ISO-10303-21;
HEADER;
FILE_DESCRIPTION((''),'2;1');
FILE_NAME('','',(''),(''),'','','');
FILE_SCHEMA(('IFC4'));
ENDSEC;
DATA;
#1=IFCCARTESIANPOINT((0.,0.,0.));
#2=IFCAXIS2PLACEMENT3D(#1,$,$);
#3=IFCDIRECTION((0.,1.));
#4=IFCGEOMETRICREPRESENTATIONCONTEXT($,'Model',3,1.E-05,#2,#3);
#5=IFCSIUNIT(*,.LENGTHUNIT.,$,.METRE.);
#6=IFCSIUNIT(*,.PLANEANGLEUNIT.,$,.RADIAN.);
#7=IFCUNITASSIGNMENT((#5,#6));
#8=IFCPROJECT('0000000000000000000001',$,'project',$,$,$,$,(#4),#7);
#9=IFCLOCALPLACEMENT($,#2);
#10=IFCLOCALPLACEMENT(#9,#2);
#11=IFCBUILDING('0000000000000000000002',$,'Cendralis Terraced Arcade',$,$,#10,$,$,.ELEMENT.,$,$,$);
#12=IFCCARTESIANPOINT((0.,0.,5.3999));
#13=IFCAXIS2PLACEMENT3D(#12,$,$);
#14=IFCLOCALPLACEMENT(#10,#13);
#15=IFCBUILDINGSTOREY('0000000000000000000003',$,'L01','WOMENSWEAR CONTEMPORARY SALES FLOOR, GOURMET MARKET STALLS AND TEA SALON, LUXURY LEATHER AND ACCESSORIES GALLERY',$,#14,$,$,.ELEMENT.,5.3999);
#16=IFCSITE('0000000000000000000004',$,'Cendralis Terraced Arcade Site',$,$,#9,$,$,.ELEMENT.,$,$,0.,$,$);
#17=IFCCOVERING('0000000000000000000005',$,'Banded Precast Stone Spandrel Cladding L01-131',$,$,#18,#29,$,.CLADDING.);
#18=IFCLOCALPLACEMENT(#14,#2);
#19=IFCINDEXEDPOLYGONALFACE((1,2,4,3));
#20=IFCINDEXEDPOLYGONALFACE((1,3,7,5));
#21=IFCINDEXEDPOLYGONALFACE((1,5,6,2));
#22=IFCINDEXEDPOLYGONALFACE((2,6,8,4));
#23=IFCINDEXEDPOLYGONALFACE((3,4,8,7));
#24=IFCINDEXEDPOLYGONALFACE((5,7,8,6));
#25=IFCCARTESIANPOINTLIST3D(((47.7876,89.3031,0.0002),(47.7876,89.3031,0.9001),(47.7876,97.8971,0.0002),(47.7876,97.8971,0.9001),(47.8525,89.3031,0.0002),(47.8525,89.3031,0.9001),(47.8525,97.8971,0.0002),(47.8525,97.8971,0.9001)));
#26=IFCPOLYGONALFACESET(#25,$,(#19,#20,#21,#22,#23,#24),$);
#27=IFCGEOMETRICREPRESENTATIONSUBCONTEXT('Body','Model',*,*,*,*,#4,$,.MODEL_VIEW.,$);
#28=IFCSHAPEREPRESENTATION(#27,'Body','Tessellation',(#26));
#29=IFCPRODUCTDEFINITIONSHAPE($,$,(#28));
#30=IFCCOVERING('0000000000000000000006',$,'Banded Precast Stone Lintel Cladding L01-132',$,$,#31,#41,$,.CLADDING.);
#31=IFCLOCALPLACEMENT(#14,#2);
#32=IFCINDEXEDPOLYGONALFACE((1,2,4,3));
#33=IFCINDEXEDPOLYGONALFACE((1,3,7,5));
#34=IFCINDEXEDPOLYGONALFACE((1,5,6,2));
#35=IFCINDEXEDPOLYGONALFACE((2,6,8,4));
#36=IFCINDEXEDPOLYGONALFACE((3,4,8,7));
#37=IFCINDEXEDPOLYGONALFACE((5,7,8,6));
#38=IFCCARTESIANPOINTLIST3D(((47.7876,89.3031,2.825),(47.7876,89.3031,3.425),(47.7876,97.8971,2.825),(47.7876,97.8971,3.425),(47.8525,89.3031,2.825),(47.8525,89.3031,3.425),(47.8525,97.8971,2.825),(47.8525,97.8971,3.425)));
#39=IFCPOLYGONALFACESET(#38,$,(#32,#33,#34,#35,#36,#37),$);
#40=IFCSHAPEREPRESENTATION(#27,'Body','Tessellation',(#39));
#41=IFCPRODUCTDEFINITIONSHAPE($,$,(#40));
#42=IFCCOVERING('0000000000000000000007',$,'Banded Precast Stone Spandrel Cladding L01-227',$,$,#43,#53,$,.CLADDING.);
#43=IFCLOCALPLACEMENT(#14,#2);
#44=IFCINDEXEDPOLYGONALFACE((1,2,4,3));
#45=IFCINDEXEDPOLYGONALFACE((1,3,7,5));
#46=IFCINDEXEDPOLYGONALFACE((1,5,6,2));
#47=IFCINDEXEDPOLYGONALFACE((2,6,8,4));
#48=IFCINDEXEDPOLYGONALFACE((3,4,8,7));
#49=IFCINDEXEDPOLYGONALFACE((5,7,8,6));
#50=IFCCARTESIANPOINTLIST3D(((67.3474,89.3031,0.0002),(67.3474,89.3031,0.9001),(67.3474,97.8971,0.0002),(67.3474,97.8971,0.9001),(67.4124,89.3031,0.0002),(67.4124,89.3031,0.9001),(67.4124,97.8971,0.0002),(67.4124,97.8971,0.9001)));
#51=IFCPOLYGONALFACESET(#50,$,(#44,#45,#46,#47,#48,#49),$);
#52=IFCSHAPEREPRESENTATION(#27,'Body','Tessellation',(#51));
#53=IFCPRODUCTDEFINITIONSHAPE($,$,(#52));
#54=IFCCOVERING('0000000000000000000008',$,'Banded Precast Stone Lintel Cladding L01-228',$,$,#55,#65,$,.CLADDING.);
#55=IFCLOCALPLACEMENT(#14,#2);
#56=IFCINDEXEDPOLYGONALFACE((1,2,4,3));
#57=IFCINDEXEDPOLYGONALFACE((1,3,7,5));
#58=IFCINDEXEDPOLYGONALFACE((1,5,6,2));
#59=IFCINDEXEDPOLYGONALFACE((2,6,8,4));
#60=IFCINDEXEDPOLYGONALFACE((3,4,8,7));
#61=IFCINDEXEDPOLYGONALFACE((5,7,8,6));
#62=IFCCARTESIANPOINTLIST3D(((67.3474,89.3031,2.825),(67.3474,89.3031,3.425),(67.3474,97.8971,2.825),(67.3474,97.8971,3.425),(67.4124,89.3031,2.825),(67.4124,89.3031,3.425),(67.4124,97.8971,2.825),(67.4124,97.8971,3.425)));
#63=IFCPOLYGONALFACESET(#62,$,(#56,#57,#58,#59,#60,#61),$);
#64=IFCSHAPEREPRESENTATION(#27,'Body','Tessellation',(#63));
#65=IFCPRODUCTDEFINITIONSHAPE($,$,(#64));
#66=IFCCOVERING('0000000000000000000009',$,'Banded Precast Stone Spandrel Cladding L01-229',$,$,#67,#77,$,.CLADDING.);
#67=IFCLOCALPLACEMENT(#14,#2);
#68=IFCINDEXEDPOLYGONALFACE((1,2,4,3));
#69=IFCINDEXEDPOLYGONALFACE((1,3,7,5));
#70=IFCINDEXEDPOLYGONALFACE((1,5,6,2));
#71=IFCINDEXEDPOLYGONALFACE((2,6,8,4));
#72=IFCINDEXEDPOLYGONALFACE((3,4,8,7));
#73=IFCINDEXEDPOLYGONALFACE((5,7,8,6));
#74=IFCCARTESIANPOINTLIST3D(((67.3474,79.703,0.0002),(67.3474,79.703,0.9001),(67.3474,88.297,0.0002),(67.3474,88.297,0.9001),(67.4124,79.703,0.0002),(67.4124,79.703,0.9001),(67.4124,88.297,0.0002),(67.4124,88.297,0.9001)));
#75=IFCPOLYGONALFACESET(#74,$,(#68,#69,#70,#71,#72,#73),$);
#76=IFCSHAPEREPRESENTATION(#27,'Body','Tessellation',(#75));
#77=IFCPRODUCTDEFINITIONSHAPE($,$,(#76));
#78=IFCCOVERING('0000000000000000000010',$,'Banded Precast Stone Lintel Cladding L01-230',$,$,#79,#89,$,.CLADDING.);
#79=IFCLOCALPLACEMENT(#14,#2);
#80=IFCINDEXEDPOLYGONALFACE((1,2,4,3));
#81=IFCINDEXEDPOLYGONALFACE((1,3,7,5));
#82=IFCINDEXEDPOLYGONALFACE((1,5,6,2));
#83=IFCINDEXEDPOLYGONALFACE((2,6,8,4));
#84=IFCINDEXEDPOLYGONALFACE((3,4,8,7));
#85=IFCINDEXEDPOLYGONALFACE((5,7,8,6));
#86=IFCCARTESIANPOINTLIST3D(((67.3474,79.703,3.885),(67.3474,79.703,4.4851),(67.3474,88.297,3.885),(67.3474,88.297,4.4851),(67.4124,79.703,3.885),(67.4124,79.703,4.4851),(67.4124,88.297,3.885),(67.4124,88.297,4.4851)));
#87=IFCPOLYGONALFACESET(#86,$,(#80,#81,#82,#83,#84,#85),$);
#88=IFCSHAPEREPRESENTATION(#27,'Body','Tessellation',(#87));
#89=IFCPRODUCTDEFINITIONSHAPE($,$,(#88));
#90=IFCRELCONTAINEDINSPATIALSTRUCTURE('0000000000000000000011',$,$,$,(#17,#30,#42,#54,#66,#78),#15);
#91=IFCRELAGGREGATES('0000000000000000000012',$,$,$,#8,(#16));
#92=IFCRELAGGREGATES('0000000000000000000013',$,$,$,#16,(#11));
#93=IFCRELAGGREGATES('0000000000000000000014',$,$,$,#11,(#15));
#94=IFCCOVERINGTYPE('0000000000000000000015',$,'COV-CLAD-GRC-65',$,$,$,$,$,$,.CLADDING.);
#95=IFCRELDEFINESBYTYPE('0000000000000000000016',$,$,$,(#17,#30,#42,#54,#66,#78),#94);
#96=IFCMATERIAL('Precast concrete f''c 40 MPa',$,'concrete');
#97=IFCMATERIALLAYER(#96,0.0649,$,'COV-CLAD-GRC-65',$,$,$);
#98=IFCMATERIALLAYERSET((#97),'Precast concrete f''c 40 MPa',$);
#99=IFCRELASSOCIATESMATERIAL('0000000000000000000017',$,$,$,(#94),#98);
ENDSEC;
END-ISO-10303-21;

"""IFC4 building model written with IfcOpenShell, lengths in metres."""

from ifc_helpers import new_model, si_unit, direction, frame, origin, origin_2d, place, context, subcontext, project, spatial, rectangle, extrude, material, layer, layer_set, type_object, element, save


model = new_model("IFC4")

# Units and contexts
model_context = context("Model", 3, precision=1e-05, world=origin(), true_north=direction((0.0, 1.0)))
body_context = subcontext(model_context, "Body", "Model", "MODEL_VIEW")
ifc_project = project(units=[si_unit("LENGTHUNIT", "METRE"), si_unit("PLANEANGLEUNIT", "RADIAN")], contexts=[model_context])

# Site, building, storey
site_placement = place(None, origin())
site = spatial("IfcSite", under=ifc_project, at=site_placement, Name="Cendralis Terraced Arcade Site", CompositionType="ELEMENT", RefElevation=0.0)
building_placement = place(site_placement, origin())
building = spatial("IfcBuilding", under=site, at=building_placement, Name="Cendralis Terraced Arcade", CompositionType="ELEMENT")
storey_placement = place(building_placement, frame((0.0, 0.0, 5.3999)))
storey = spatial("IfcBuildingStorey", under=building, at=storey_placement, Name="L01", Description="WOMENSWEAR CONTEMPORARY SALES FLOOR, GOURMET MARKET STALLS AND TEA SALON, LUXURY LEATHER AND ACCESSORIES GALLERY", CompositionType="ELEMENT", Elevation=5.3999)

# Shared definitions
ifc_material_1 = material(Name="Precast concrete f'c 40 MPa", Category="concrete")

# Coverings
ifc_layer_1 = layer(ifc_material_1, 0.0649, Name="COV-CLAD-GRC-65")
ifc_layer_set_1 = layer_set([ifc_layer_1], Name="Precast concrete f'c 40 MPa")
covering_type = type_object("IfcCoveringType", Name="COV-CLAD-GRC-65", PredefinedType="CLADDING", material=ifc_layer_set_1)
covering_1_placement = place(storey_placement, frame((47.8201, 93.6001, 0.0002), z_axis=(0.0, 0.0, 1.0), x_axis=(0.0, 1.0, 0.0)))
element("IfcCovering", 1, at=covering_1_placement, inside=storey, type_object=covering_type, Name="Banded Precast Stone Spandrel Cladding L01-131", PredefinedType="CLADDING", context=body_context, shape_type="SweptSolid", body=[
    extrude(rectangle(XDim=8.594, YDim=0.0649, at=origin_2d()), origin(), (0.0, 0.0, 1.0), 0.8999),
])
covering_2_placement = place(storey_placement, frame((47.8201, 93.6001, 2.825), z_axis=(0.0, 0.0, 1.0), x_axis=(0.0, 1.0, 0.0)))
element("IfcCovering", 2, at=covering_2_placement, inside=storey, type_object=covering_type, Name="Banded Precast Stone Lintel Cladding L01-132", PredefinedType="CLADDING", context=body_context, shape_type="SweptSolid", body=[
    extrude(rectangle(XDim=8.594, YDim=0.0649, at=origin_2d()), origin(), (0.0, 0.0, 1.0), 0.6001),
])
covering_3_placement = place(storey_placement, frame((67.3799, 93.6001, 0.0002), z_axis=(0.0, 0.0, 1.0), x_axis=(0.0, -1.0, 0.0)))
element("IfcCovering", 3, at=covering_3_placement, inside=storey, type_object=covering_type, Name="Banded Precast Stone Spandrel Cladding L01-227", PredefinedType="CLADDING", context=body_context, shape_type="SweptSolid", body=[
    extrude(rectangle(XDim=8.594, YDim=0.0649, at=origin_2d()), origin(), (0.0, 0.0, 1.0), 0.8999),
])
covering_4_placement = place(storey_placement, frame((67.3799, 93.6001, 2.825), z_axis=(0.0, 0.0, 1.0), x_axis=(0.0, -1.0, 0.0)))
element("IfcCovering", 4, at=covering_4_placement, inside=storey, type_object=covering_type, Name="Banded Precast Stone Lintel Cladding L01-228", PredefinedType="CLADDING", context=body_context, shape_type="SweptSolid", body=[
    extrude(rectangle(XDim=8.594, YDim=0.0649, at=origin_2d()), origin(), (0.0, 0.0, 1.0), 0.6001),
])
covering_5_placement = place(storey_placement, frame((67.3799, 84.0, 0.0002), z_axis=(0.0, 0.0, 1.0), x_axis=(0.0, -1.0, 0.0)))
element("IfcCovering", 5, at=covering_5_placement, inside=storey, type_object=covering_type, Name="Banded Precast Stone Spandrel Cladding L01-229", PredefinedType="CLADDING", context=body_context, shape_type="SweptSolid", body=[
    extrude(rectangle(XDim=8.594, YDim=0.0649, at=origin_2d()), origin(), (0.0, 0.0, 1.0), 0.8999),
])
covering_6_placement = place(storey_placement, frame((67.3799, 84.0, 3.885), z_axis=(0.0, 0.0, 1.0), x_axis=(0.0, -1.0, 0.0)))
element("IfcCovering", 6, at=covering_6_placement, inside=storey, type_object=covering_type, Name="Banded Precast Stone Lintel Cladding L01-230", PredefinedType="CLADDING", context=body_context, shape_type="SweptSolid", body=[
    extrude(rectangle(XDim=8.594, YDim=0.0649, at=origin_2d()), origin(), (0.0, 0.0, 1.0), 0.6001),
])

save(model, "model.ifc")
